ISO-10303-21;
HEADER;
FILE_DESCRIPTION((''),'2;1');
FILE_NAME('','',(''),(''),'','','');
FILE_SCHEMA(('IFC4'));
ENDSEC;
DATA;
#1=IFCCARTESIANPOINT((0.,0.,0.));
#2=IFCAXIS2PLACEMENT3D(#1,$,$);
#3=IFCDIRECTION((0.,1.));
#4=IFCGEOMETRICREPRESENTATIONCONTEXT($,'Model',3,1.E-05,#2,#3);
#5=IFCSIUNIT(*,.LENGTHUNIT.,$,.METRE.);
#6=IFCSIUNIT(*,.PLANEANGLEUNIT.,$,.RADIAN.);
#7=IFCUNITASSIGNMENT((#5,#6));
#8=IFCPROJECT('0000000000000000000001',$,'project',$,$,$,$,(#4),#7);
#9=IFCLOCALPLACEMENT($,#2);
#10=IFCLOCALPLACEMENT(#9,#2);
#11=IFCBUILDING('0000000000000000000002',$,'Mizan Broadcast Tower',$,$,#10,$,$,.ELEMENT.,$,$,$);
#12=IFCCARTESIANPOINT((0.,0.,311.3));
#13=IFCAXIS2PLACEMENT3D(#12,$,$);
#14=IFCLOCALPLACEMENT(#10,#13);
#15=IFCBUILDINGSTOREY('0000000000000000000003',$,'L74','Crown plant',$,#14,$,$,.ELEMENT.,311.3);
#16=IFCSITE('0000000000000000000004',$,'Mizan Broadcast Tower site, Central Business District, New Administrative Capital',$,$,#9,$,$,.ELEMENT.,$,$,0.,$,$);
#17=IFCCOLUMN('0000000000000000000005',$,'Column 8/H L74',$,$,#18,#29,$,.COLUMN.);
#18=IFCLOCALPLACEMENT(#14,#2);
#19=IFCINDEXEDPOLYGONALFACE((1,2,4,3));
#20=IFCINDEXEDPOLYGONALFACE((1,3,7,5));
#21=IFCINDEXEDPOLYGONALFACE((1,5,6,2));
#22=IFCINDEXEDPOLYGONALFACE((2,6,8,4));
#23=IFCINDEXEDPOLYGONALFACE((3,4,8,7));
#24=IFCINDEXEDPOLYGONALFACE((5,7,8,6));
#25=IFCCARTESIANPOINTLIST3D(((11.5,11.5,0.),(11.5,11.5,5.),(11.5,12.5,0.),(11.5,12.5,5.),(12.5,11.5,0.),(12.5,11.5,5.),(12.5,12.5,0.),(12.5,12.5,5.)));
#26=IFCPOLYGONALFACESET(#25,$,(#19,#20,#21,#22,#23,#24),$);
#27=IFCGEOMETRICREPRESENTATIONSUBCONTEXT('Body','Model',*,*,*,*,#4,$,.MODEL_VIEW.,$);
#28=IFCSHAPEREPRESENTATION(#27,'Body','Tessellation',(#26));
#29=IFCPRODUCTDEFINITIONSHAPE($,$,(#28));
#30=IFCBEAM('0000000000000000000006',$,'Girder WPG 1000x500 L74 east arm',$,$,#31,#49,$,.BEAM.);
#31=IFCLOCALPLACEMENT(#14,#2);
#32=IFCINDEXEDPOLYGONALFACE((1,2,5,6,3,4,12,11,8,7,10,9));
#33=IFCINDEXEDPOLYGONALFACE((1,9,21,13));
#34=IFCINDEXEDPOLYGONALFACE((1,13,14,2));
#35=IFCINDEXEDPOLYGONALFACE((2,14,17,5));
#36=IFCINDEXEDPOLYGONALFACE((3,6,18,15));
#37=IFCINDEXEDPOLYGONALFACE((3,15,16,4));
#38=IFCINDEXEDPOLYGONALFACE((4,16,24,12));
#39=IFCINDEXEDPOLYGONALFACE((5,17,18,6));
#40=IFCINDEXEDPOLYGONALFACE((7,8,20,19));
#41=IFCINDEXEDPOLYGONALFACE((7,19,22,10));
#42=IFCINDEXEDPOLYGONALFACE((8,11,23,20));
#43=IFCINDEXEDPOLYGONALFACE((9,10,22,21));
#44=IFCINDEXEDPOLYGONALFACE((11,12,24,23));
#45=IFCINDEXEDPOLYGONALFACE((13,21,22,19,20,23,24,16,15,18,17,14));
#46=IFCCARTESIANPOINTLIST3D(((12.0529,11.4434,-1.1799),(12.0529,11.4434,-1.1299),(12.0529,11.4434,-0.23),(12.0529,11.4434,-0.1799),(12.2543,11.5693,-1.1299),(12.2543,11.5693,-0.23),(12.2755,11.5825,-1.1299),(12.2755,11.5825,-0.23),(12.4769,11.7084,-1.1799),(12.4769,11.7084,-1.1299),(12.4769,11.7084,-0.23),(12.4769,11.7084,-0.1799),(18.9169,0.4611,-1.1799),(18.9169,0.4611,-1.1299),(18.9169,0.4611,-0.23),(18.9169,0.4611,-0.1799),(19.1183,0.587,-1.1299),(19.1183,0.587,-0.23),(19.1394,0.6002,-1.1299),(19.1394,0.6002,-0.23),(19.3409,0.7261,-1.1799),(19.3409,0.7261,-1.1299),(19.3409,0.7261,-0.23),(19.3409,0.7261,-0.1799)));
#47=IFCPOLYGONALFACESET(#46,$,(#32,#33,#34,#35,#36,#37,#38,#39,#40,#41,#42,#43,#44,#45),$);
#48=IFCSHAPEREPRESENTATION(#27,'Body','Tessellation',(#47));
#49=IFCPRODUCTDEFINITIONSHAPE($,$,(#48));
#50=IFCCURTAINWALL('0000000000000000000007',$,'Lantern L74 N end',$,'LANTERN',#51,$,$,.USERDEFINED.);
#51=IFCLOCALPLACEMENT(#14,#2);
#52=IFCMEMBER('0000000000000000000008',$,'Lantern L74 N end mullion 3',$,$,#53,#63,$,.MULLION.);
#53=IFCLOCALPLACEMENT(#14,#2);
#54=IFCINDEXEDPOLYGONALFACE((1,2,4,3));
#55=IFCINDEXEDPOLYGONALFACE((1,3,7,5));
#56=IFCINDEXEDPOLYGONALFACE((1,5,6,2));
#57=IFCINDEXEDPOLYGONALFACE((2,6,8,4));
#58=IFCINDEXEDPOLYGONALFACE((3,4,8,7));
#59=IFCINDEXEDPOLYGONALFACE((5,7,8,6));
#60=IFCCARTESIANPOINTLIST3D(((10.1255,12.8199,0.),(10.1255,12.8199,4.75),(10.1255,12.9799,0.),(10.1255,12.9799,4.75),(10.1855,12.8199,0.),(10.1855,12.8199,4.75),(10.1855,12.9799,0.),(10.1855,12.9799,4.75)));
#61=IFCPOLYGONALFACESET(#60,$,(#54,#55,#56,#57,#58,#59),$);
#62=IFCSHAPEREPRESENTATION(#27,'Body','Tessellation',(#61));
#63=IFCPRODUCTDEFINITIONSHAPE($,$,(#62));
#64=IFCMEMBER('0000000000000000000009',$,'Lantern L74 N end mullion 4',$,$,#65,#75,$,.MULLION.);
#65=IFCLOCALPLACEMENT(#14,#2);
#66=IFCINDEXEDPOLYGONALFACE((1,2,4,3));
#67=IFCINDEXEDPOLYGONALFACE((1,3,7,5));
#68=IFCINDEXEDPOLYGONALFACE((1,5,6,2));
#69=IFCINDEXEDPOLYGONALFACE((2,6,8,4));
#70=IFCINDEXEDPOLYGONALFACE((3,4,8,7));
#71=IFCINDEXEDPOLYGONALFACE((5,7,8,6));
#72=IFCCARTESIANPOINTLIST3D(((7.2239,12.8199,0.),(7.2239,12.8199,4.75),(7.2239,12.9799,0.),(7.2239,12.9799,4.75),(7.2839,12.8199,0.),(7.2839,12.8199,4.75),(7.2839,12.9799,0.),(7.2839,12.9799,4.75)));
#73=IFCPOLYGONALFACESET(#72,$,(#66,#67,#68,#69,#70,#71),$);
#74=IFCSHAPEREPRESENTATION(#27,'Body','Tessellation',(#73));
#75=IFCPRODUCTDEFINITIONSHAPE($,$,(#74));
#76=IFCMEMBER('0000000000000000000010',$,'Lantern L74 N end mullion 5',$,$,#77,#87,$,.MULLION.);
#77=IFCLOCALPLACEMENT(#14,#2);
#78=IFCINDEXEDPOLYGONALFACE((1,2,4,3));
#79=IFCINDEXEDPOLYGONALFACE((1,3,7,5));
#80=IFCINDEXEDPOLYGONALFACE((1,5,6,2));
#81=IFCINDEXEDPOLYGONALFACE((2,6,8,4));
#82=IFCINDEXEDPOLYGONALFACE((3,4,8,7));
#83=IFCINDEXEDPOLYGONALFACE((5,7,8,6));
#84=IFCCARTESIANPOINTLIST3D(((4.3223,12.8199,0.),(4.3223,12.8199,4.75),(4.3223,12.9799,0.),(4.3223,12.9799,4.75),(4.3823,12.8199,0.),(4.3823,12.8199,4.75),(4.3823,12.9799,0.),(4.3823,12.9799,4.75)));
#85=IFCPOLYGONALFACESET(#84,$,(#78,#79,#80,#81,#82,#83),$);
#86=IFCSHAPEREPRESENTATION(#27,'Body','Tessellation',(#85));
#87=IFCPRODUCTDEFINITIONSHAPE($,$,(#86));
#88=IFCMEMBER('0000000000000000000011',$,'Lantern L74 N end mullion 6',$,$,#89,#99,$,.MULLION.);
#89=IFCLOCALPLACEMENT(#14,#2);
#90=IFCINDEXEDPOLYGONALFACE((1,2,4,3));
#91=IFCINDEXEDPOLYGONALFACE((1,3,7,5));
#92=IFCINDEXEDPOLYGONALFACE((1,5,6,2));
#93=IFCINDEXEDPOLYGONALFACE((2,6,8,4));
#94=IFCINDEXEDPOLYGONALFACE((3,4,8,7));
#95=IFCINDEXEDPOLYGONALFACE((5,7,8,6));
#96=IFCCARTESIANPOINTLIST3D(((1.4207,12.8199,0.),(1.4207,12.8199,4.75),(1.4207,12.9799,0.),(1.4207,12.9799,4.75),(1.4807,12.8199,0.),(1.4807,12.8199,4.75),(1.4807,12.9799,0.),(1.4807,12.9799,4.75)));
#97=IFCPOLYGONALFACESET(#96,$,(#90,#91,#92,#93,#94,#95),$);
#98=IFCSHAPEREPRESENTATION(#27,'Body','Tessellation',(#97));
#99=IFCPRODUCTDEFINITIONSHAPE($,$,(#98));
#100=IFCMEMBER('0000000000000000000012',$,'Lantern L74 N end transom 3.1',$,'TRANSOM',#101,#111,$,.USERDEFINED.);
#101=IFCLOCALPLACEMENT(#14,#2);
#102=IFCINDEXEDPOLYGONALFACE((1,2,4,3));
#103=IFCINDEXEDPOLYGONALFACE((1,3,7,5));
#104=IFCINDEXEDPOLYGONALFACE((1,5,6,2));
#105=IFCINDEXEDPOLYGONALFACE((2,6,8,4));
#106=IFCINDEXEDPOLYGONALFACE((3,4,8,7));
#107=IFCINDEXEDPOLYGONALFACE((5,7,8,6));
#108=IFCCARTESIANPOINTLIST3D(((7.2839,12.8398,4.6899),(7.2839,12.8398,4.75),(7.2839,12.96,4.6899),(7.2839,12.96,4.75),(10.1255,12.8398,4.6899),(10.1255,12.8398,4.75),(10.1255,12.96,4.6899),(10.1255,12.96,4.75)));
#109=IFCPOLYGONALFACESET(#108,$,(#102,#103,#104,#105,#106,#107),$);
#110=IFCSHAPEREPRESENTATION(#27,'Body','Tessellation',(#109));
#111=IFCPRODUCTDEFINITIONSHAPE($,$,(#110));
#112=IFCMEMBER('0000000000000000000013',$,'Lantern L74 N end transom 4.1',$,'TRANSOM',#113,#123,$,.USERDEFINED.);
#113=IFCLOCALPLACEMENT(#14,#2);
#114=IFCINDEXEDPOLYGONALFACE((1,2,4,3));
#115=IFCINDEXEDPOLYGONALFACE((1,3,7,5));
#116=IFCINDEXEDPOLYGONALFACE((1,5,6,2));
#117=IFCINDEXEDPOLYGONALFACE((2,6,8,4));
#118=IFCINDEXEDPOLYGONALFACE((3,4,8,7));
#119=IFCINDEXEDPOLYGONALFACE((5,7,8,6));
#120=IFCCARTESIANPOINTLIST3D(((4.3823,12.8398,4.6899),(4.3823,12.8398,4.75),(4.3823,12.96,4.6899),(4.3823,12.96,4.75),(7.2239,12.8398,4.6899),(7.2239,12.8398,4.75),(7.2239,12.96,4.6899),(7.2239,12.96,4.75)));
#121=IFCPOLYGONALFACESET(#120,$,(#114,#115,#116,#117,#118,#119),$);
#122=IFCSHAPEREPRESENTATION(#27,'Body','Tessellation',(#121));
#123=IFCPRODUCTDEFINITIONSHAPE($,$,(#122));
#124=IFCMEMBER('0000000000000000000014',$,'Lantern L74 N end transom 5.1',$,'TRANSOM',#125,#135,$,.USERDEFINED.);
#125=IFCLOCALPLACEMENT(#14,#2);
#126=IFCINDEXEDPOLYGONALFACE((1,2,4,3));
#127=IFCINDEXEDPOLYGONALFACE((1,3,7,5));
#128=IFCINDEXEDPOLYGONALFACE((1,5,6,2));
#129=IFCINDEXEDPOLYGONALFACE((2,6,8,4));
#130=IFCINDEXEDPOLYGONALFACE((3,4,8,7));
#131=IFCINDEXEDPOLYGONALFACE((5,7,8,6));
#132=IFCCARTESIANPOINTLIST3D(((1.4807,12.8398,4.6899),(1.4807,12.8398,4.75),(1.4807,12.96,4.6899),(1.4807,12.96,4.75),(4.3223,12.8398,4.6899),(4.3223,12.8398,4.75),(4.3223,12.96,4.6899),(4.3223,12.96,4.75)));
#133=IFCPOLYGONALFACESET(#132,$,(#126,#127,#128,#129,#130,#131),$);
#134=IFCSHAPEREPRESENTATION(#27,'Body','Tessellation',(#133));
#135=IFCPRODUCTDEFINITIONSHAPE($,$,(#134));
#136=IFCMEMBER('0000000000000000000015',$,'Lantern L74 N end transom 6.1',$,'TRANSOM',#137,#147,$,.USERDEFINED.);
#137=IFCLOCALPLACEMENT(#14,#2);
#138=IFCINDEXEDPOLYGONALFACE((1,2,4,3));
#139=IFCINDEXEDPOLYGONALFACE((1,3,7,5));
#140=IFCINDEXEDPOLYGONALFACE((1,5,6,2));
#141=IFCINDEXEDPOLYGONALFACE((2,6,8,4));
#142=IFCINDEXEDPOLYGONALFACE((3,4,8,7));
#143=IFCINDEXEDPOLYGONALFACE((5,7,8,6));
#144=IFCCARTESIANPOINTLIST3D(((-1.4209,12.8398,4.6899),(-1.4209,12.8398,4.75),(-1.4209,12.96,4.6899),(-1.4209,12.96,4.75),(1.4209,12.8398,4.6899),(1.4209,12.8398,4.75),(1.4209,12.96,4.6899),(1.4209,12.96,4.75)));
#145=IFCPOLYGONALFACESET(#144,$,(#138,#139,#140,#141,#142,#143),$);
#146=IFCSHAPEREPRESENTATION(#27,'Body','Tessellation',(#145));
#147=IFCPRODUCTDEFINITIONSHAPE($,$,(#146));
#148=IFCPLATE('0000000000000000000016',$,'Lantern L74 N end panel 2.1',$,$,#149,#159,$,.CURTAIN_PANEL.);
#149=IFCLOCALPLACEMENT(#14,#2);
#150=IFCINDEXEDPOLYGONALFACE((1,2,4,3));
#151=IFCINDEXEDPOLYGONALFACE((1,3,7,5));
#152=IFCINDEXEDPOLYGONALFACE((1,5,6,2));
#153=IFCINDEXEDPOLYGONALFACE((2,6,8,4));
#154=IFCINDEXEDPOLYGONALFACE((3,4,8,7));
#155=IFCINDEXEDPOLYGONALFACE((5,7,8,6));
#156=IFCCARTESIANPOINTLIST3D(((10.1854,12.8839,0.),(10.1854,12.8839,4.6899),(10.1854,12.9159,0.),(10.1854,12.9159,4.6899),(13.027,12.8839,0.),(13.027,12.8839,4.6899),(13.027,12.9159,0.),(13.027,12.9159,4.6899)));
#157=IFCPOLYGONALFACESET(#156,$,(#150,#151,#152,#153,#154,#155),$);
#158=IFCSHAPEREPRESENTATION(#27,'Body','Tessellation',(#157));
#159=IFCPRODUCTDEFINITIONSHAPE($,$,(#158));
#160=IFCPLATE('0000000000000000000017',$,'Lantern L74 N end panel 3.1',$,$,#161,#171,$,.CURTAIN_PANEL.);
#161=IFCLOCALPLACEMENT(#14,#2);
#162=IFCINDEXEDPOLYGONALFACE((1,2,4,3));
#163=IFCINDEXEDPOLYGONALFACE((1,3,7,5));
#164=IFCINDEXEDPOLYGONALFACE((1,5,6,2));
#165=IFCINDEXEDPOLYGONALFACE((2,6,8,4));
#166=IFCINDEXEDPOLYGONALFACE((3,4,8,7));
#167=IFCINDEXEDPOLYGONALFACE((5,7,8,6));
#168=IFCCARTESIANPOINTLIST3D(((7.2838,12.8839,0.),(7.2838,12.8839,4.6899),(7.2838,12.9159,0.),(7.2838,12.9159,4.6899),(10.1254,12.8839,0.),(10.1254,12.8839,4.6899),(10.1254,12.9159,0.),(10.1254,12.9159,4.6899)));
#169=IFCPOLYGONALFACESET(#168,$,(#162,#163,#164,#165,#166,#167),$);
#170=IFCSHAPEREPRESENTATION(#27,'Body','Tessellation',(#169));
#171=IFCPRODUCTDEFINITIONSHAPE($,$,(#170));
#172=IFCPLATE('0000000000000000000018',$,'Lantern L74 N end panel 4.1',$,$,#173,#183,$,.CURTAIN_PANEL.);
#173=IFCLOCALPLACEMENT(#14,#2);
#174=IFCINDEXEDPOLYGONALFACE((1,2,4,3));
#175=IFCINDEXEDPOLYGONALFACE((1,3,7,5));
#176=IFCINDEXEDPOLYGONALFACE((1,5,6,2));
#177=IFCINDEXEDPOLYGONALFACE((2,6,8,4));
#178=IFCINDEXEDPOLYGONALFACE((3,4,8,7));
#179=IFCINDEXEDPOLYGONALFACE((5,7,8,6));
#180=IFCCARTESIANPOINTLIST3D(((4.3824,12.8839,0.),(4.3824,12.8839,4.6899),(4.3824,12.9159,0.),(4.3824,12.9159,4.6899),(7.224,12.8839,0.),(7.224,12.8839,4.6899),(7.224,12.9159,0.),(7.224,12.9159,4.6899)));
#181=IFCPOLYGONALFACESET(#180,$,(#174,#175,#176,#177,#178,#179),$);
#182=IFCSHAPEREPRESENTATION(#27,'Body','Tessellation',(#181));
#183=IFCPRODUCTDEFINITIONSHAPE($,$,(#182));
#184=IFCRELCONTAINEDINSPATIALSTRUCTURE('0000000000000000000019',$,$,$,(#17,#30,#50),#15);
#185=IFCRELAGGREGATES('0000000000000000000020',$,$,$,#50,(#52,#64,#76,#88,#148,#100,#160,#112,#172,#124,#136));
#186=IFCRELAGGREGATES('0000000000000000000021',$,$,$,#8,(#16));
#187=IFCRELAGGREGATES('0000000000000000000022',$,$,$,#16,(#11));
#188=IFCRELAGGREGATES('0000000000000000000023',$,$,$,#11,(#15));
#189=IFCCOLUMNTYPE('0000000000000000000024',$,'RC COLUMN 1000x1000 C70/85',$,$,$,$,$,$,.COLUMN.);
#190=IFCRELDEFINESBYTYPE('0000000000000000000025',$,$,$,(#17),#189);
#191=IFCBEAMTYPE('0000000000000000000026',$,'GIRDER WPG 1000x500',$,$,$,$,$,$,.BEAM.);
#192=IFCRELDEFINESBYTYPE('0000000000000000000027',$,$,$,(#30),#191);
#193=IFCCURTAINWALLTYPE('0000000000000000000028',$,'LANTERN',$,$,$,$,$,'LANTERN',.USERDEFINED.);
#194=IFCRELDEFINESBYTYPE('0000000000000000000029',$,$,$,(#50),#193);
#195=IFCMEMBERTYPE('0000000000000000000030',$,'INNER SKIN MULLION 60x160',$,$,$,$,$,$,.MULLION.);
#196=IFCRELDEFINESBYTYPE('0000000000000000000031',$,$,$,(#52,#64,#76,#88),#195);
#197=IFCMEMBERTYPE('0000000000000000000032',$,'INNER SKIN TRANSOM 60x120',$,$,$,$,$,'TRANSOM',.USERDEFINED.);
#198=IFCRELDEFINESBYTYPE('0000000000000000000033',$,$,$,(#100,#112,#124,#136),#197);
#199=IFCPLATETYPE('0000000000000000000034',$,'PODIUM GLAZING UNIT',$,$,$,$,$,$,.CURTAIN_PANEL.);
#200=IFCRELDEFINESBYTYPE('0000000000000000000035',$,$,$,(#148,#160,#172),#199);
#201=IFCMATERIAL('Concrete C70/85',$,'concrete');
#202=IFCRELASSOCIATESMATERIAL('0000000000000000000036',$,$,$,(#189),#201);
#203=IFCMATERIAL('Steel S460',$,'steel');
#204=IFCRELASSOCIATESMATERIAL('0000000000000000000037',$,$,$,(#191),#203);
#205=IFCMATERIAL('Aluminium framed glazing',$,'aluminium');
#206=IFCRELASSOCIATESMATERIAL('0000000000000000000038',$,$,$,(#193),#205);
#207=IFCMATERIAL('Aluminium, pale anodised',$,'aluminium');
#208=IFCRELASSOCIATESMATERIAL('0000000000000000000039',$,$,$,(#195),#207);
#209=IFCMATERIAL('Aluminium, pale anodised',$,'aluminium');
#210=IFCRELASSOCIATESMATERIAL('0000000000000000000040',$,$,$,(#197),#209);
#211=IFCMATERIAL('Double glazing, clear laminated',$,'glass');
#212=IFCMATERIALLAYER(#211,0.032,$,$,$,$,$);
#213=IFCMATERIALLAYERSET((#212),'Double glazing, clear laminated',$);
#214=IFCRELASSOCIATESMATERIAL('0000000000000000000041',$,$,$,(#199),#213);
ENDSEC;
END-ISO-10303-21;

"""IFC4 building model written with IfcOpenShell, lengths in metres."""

from ifc_helpers import new_model, si_unit, direction, frame, origin, origin_2d, place, context, subcontext, project, spatial, rectangle, i_section, extrude, material, layer, layer_set, material_profile, profile_set, type_object, element, aggregate, save


model = new_model("IFC4")

# Units and contexts
model_context = context("Model", 3, precision=1e-05, world=origin(), true_north=direction((0.0, 1.0)))
body_context = subcontext(model_context, "Body", "Model", "MODEL_VIEW")
ifc_project = project(units=[si_unit("LENGTHUNIT", "METRE"), si_unit("PLANEANGLEUNIT", "RADIAN")], contexts=[model_context])

# Site, building, storey
site_placement = place(None, origin())
site = spatial("IfcSite", under=ifc_project, at=site_placement, Name="Mizan Broadcast Tower site, Central Business District, New Administrative Capital", CompositionType="ELEMENT", RefElevation=0.0)
building_placement = place(site_placement, origin())
building = spatial("IfcBuilding", under=site, at=building_placement, Name="Mizan Broadcast Tower", CompositionType="ELEMENT")
storey_placement = place(building_placement, frame((0.0, 0.0, 311.3)))
storey = spatial("IfcBuildingStorey", under=building, at=storey_placement, Name="L74", Description="Crown plant", CompositionType="ELEMENT", Elevation=311.3)

# Column
ifc_material_1 = material(Name="Concrete C70/85", Category="concrete")
ifc_material_profile_1 = material_profile(ifc_material_1, rectangle(XDim=1.0, YDim=1.0, at=origin_2d()), Name="RC 1000x1000")
ifc_profile_set_1 = profile_set([ifc_material_profile_1], Name="Concrete C70/85")
column_type = type_object("IfcColumnType", Name="RC COLUMN 1000x1000 C70/85", PredefinedType="COLUMN", material=ifc_profile_set_1)
column_placement = place(storey_placement, frame((12.0, 12.0, 0.0), z_axis=(0.0, 0.0, 1.0), x_axis=(1.0, 0.0, 0.0)))
element("IfcColumn", 1, at=column_placement, inside=storey, type_object=column_type, Name="Column 8/H L74", PredefinedType="COLUMN", context=body_context, shape_type="SweptSolid", body=[
    extrude(rectangle(XDim=1.0, YDim=1.0, at=origin_2d()), origin(), (0.0, 0.0, 1.0), 5.0),
])

# Beam
ifc_material_2 = material(Name="Steel S460", Category="steel")
ifc_material_profile_2 = material_profile(ifc_material_2, i_section(OverallWidth=0.5, OverallDepth=1.0, WebThickness=0.0249, FlangeThickness=0.05, at=origin_2d()), Name="WPG 1000x500")
ifc_profile_set_2 = profile_set([ifc_material_profile_2], Name="Steel S460")
beam_type = type_object("IfcBeamType", Name="GIRDER WPG 1000x500", PredefinedType="BEAM", material=ifc_profile_set_2)
beam_placement = place(storey_placement, frame((12.2649, 11.5759, -0.6799), z_axis=(0.529999, -0.847998, 0.0), x_axis=(0.847998, 0.529999, 0.0)))
element("IfcBeam", 2, at=beam_placement, inside=storey, type_object=beam_type, Name="Girder WPG 1000x500 L74 east arm", PredefinedType="BEAM", context=body_context, shape_type="SweptSolid", body=[
    extrude(i_section(OverallWidth=0.5, OverallDepth=1.0, WebThickness=0.0249, FlangeThickness=0.05, at=origin_2d()), origin(), (0.0, 0.0, 1.0), 12.9509),
])

# Curtain wall, members, plates
ifc_material_3 = material(Name="Aluminium framed glazing", Category="aluminium")
curtain_wall_type = type_object("IfcCurtainWallType", Name="LANTERN", ElementType="LANTERN", PredefinedType="USERDEFINED", material=ifc_material_3)
curtain_wall_placement = place(storey_placement, origin())
curtain_wall = element("IfcCurtainWall", 3, at=curtain_wall_placement, inside=storey, type_object=curtain_wall_type, Name="Lantern L74 N end", ObjectType="LANTERN", PredefinedType="USERDEFINED")
ifc_material_4 = material(Name="Aluminium, pale anodised", Category="aluminium")
ifc_material_profile_3 = material_profile(ifc_material_4, rectangle(XDim=0.1599, YDim=0.0601, at=origin_2d()), Name="MULLION 160x60")
ifc_profile_set_3 = profile_set([ifc_material_profile_3], Name="Aluminium, pale anodised")
member_type_1 = type_object("IfcMemberType", Name="INNER SKIN MULLION 60x160", PredefinedType="MULLION", material=ifc_profile_set_3)
member_1_placement = place(storey_placement, frame((10.1555, 12.8999, 0.0), z_axis=(0.0, 0.0, 1.0), x_axis=(0.0, -1.0, 0.0)))
member_1 = element("IfcMember", 4, at=member_1_placement, type_object=member_type_1, Name="Lantern L74 N end mullion 3", PredefinedType="MULLION", context=body_context, shape_type="SweptSolid", body=[
    extrude(rectangle(XDim=0.1599, YDim=0.0601, at=origin_2d()), origin(), (0.0, 0.0, 1.0), 4.75),
])
member_2_placement = place(storey_placement, frame((7.2539, 12.8999, 0.0), z_axis=(0.0, 0.0, 1.0), x_axis=(0.0, -1.0, 0.0)))
member_2 = element("IfcMember", 5, at=member_2_placement, type_object=member_type_1, Name="Lantern L74 N end mullion 4", PredefinedType="MULLION", context=body_context, shape_type="SweptSolid", body=[
    extrude(rectangle(XDim=0.1599, YDim=0.0601, at=origin_2d()), origin(), (0.0, 0.0, 1.0), 4.75),
])
member_3_placement = place(storey_placement, frame((4.3523, 12.8999, 0.0), z_axis=(0.0, 0.0, 1.0), x_axis=(0.0, -1.0, 0.0)))
member_3 = element("IfcMember", 6, at=member_3_placement, type_object=member_type_1, Name="Lantern L74 N end mullion 5", PredefinedType="MULLION", context=body_context, shape_type="SweptSolid", body=[
    extrude(rectangle(XDim=0.1599, YDim=0.0601, at=origin_2d()), origin(), (0.0, 0.0, 1.0), 4.75),
])
member_4_placement = place(storey_placement, frame((1.4507, 12.8999, 0.0), z_axis=(0.0, 0.0, 1.0), x_axis=(0.0, -1.0, 0.0)))
member_4 = element("IfcMember", 7, at=member_4_placement, type_object=member_type_1, Name="Lantern L74 N end mullion 6", PredefinedType="MULLION", context=body_context, shape_type="SweptSolid", body=[
    extrude(rectangle(XDim=0.1599, YDim=0.0601, at=origin_2d()), origin(), (0.0, 0.0, 1.0), 4.75),
])
ifc_material_5 = material(Name="Aluminium, pale anodised", Category="aluminium")
ifc_material_profile_4 = material_profile(ifc_material_5, rectangle(XDim=0.1201, YDim=0.0601, at=origin_2d()), Name="TRANSOM 120x60")
ifc_profile_set_4 = profile_set([ifc_material_profile_4], Name="Aluminium, pale anodised")
member_type_2 = type_object("IfcMemberType", Name="INNER SKIN TRANSOM 60x120", ElementType="TRANSOM", PredefinedType="USERDEFINED", material=ifc_profile_set_4)
member_5_placement = place(storey_placement, frame((10.1255, 12.8999, 4.72), z_axis=(-1.0, 0.0, 0.0), x_axis=(0.0, -1.0, 0.0)))
member_5 = element("IfcMember", 8, at=member_5_placement, type_object=member_type_2, Name="Lantern L74 N end transom 3.1", ObjectType="TRANSOM", PredefinedType="USERDEFINED", context=body_context, shape_type="SweptSolid", body=[
    extrude(rectangle(XDim=0.1201, YDim=0.0601, at=origin_2d()), origin(), (0.0, 0.0, 1.0), 2.8416),
])
member_6_placement = place(storey_placement, frame((7.2239, 12.8999, 4.72), z_axis=(-1.0, 0.0, 0.0), x_axis=(0.0, -1.0, 0.0)))
member_6 = element("IfcMember", 9, at=member_6_placement, type_object=member_type_2, Name="Lantern L74 N end transom 4.1", ObjectType="TRANSOM", PredefinedType="USERDEFINED", context=body_context, shape_type="SweptSolid", body=[
    extrude(rectangle(XDim=0.1201, YDim=0.0601, at=origin_2d()), origin(), (0.0, 0.0, 1.0), 2.8416),
])
member_7_placement = place(storey_placement, frame((4.3223, 12.8999, 4.72), z_axis=(-1.0, 0.0, 0.0), x_axis=(0.0, -1.0, 0.0)))
member_7 = element("IfcMember", 10, at=member_7_placement, type_object=member_type_2, Name="Lantern L74 N end transom 5.1", ObjectType="TRANSOM", PredefinedType="USERDEFINED", context=body_context, shape_type="SweptSolid", body=[
    extrude(rectangle(XDim=0.1201, YDim=0.0601, at=origin_2d()), origin(), (0.0, 0.0, 1.0), 2.8416),
])
member_8_placement = place(storey_placement, frame((1.4209, 12.8999, 4.72), z_axis=(-1.0, 0.0, 0.0), x_axis=(0.0, -1.0, 0.0)))
member_8 = element("IfcMember", 11, at=member_8_placement, type_object=member_type_2, Name="Lantern L74 N end transom 6.1", ObjectType="TRANSOM", PredefinedType="USERDEFINED", context=body_context, shape_type="SweptSolid", body=[
    extrude(rectangle(XDim=0.1201, YDim=0.0601, at=origin_2d()), origin(), (0.0, 0.0, 1.0), 2.8418),
])
ifc_material_6 = material(Name="Double glazing, clear laminated", Category="glass")
ifc_layer = layer(ifc_material_6, 0.032)
ifc_layer_set = layer_set([ifc_layer], Name="Double glazing, clear laminated")
plate_type = type_object("IfcPlateType", Name="PODIUM GLAZING UNIT", PredefinedType="CURTAIN_PANEL", material=ifc_layer_set)
plate_1_placement = place(storey_placement, frame((11.6062, 12.8999, 0.0), z_axis=(0.0, 0.0, 1.0), x_axis=(-1.0, 0.0, 0.0)))
plate_1 = element("IfcPlate", 12, at=plate_1_placement, type_object=plate_type, Name="Lantern L74 N end panel 2.1", PredefinedType="CURTAIN_PANEL", context=body_context, shape_type="SweptSolid", body=[
    extrude(rectangle(XDim=2.8416, YDim=0.032, at=origin_2d()), origin(), (0.0, 0.0, 1.0), 4.6899),
])
plate_2_placement = place(storey_placement, frame((8.7046, 12.8999, 0.0), z_axis=(0.0, 0.0, 1.0), x_axis=(-1.0, 0.0, 0.0)))
plate_2 = element("IfcPlate", 13, at=plate_2_placement, type_object=plate_type, Name="Lantern L74 N end panel 3.1", PredefinedType="CURTAIN_PANEL", context=body_context, shape_type="SweptSolid", body=[
    extrude(rectangle(XDim=2.8416, YDim=0.032, at=origin_2d()), origin(), (0.0, 0.0, 1.0), 4.6899),
])
plate_3_placement = place(storey_placement, frame((5.8032, 12.8999, 0.0), z_axis=(0.0, 0.0, 1.0), x_axis=(-1.0, 0.0, 0.0)))
plate_3 = element("IfcPlate", 14, at=plate_3_placement, type_object=plate_type, Name="Lantern L74 N end panel 4.1", PredefinedType="CURTAIN_PANEL", context=body_context, shape_type="SweptSolid", body=[
    extrude(rectangle(XDim=2.8416, YDim=0.032, at=origin_2d()), origin(), (0.0, 0.0, 1.0), 4.6899),
])
aggregate(curtain_wall, [member_1, member_2, member_3, member_4, plate_1, member_5, plate_2, member_6, plate_3, member_7, member_8])

save(model, "model.ifc")
